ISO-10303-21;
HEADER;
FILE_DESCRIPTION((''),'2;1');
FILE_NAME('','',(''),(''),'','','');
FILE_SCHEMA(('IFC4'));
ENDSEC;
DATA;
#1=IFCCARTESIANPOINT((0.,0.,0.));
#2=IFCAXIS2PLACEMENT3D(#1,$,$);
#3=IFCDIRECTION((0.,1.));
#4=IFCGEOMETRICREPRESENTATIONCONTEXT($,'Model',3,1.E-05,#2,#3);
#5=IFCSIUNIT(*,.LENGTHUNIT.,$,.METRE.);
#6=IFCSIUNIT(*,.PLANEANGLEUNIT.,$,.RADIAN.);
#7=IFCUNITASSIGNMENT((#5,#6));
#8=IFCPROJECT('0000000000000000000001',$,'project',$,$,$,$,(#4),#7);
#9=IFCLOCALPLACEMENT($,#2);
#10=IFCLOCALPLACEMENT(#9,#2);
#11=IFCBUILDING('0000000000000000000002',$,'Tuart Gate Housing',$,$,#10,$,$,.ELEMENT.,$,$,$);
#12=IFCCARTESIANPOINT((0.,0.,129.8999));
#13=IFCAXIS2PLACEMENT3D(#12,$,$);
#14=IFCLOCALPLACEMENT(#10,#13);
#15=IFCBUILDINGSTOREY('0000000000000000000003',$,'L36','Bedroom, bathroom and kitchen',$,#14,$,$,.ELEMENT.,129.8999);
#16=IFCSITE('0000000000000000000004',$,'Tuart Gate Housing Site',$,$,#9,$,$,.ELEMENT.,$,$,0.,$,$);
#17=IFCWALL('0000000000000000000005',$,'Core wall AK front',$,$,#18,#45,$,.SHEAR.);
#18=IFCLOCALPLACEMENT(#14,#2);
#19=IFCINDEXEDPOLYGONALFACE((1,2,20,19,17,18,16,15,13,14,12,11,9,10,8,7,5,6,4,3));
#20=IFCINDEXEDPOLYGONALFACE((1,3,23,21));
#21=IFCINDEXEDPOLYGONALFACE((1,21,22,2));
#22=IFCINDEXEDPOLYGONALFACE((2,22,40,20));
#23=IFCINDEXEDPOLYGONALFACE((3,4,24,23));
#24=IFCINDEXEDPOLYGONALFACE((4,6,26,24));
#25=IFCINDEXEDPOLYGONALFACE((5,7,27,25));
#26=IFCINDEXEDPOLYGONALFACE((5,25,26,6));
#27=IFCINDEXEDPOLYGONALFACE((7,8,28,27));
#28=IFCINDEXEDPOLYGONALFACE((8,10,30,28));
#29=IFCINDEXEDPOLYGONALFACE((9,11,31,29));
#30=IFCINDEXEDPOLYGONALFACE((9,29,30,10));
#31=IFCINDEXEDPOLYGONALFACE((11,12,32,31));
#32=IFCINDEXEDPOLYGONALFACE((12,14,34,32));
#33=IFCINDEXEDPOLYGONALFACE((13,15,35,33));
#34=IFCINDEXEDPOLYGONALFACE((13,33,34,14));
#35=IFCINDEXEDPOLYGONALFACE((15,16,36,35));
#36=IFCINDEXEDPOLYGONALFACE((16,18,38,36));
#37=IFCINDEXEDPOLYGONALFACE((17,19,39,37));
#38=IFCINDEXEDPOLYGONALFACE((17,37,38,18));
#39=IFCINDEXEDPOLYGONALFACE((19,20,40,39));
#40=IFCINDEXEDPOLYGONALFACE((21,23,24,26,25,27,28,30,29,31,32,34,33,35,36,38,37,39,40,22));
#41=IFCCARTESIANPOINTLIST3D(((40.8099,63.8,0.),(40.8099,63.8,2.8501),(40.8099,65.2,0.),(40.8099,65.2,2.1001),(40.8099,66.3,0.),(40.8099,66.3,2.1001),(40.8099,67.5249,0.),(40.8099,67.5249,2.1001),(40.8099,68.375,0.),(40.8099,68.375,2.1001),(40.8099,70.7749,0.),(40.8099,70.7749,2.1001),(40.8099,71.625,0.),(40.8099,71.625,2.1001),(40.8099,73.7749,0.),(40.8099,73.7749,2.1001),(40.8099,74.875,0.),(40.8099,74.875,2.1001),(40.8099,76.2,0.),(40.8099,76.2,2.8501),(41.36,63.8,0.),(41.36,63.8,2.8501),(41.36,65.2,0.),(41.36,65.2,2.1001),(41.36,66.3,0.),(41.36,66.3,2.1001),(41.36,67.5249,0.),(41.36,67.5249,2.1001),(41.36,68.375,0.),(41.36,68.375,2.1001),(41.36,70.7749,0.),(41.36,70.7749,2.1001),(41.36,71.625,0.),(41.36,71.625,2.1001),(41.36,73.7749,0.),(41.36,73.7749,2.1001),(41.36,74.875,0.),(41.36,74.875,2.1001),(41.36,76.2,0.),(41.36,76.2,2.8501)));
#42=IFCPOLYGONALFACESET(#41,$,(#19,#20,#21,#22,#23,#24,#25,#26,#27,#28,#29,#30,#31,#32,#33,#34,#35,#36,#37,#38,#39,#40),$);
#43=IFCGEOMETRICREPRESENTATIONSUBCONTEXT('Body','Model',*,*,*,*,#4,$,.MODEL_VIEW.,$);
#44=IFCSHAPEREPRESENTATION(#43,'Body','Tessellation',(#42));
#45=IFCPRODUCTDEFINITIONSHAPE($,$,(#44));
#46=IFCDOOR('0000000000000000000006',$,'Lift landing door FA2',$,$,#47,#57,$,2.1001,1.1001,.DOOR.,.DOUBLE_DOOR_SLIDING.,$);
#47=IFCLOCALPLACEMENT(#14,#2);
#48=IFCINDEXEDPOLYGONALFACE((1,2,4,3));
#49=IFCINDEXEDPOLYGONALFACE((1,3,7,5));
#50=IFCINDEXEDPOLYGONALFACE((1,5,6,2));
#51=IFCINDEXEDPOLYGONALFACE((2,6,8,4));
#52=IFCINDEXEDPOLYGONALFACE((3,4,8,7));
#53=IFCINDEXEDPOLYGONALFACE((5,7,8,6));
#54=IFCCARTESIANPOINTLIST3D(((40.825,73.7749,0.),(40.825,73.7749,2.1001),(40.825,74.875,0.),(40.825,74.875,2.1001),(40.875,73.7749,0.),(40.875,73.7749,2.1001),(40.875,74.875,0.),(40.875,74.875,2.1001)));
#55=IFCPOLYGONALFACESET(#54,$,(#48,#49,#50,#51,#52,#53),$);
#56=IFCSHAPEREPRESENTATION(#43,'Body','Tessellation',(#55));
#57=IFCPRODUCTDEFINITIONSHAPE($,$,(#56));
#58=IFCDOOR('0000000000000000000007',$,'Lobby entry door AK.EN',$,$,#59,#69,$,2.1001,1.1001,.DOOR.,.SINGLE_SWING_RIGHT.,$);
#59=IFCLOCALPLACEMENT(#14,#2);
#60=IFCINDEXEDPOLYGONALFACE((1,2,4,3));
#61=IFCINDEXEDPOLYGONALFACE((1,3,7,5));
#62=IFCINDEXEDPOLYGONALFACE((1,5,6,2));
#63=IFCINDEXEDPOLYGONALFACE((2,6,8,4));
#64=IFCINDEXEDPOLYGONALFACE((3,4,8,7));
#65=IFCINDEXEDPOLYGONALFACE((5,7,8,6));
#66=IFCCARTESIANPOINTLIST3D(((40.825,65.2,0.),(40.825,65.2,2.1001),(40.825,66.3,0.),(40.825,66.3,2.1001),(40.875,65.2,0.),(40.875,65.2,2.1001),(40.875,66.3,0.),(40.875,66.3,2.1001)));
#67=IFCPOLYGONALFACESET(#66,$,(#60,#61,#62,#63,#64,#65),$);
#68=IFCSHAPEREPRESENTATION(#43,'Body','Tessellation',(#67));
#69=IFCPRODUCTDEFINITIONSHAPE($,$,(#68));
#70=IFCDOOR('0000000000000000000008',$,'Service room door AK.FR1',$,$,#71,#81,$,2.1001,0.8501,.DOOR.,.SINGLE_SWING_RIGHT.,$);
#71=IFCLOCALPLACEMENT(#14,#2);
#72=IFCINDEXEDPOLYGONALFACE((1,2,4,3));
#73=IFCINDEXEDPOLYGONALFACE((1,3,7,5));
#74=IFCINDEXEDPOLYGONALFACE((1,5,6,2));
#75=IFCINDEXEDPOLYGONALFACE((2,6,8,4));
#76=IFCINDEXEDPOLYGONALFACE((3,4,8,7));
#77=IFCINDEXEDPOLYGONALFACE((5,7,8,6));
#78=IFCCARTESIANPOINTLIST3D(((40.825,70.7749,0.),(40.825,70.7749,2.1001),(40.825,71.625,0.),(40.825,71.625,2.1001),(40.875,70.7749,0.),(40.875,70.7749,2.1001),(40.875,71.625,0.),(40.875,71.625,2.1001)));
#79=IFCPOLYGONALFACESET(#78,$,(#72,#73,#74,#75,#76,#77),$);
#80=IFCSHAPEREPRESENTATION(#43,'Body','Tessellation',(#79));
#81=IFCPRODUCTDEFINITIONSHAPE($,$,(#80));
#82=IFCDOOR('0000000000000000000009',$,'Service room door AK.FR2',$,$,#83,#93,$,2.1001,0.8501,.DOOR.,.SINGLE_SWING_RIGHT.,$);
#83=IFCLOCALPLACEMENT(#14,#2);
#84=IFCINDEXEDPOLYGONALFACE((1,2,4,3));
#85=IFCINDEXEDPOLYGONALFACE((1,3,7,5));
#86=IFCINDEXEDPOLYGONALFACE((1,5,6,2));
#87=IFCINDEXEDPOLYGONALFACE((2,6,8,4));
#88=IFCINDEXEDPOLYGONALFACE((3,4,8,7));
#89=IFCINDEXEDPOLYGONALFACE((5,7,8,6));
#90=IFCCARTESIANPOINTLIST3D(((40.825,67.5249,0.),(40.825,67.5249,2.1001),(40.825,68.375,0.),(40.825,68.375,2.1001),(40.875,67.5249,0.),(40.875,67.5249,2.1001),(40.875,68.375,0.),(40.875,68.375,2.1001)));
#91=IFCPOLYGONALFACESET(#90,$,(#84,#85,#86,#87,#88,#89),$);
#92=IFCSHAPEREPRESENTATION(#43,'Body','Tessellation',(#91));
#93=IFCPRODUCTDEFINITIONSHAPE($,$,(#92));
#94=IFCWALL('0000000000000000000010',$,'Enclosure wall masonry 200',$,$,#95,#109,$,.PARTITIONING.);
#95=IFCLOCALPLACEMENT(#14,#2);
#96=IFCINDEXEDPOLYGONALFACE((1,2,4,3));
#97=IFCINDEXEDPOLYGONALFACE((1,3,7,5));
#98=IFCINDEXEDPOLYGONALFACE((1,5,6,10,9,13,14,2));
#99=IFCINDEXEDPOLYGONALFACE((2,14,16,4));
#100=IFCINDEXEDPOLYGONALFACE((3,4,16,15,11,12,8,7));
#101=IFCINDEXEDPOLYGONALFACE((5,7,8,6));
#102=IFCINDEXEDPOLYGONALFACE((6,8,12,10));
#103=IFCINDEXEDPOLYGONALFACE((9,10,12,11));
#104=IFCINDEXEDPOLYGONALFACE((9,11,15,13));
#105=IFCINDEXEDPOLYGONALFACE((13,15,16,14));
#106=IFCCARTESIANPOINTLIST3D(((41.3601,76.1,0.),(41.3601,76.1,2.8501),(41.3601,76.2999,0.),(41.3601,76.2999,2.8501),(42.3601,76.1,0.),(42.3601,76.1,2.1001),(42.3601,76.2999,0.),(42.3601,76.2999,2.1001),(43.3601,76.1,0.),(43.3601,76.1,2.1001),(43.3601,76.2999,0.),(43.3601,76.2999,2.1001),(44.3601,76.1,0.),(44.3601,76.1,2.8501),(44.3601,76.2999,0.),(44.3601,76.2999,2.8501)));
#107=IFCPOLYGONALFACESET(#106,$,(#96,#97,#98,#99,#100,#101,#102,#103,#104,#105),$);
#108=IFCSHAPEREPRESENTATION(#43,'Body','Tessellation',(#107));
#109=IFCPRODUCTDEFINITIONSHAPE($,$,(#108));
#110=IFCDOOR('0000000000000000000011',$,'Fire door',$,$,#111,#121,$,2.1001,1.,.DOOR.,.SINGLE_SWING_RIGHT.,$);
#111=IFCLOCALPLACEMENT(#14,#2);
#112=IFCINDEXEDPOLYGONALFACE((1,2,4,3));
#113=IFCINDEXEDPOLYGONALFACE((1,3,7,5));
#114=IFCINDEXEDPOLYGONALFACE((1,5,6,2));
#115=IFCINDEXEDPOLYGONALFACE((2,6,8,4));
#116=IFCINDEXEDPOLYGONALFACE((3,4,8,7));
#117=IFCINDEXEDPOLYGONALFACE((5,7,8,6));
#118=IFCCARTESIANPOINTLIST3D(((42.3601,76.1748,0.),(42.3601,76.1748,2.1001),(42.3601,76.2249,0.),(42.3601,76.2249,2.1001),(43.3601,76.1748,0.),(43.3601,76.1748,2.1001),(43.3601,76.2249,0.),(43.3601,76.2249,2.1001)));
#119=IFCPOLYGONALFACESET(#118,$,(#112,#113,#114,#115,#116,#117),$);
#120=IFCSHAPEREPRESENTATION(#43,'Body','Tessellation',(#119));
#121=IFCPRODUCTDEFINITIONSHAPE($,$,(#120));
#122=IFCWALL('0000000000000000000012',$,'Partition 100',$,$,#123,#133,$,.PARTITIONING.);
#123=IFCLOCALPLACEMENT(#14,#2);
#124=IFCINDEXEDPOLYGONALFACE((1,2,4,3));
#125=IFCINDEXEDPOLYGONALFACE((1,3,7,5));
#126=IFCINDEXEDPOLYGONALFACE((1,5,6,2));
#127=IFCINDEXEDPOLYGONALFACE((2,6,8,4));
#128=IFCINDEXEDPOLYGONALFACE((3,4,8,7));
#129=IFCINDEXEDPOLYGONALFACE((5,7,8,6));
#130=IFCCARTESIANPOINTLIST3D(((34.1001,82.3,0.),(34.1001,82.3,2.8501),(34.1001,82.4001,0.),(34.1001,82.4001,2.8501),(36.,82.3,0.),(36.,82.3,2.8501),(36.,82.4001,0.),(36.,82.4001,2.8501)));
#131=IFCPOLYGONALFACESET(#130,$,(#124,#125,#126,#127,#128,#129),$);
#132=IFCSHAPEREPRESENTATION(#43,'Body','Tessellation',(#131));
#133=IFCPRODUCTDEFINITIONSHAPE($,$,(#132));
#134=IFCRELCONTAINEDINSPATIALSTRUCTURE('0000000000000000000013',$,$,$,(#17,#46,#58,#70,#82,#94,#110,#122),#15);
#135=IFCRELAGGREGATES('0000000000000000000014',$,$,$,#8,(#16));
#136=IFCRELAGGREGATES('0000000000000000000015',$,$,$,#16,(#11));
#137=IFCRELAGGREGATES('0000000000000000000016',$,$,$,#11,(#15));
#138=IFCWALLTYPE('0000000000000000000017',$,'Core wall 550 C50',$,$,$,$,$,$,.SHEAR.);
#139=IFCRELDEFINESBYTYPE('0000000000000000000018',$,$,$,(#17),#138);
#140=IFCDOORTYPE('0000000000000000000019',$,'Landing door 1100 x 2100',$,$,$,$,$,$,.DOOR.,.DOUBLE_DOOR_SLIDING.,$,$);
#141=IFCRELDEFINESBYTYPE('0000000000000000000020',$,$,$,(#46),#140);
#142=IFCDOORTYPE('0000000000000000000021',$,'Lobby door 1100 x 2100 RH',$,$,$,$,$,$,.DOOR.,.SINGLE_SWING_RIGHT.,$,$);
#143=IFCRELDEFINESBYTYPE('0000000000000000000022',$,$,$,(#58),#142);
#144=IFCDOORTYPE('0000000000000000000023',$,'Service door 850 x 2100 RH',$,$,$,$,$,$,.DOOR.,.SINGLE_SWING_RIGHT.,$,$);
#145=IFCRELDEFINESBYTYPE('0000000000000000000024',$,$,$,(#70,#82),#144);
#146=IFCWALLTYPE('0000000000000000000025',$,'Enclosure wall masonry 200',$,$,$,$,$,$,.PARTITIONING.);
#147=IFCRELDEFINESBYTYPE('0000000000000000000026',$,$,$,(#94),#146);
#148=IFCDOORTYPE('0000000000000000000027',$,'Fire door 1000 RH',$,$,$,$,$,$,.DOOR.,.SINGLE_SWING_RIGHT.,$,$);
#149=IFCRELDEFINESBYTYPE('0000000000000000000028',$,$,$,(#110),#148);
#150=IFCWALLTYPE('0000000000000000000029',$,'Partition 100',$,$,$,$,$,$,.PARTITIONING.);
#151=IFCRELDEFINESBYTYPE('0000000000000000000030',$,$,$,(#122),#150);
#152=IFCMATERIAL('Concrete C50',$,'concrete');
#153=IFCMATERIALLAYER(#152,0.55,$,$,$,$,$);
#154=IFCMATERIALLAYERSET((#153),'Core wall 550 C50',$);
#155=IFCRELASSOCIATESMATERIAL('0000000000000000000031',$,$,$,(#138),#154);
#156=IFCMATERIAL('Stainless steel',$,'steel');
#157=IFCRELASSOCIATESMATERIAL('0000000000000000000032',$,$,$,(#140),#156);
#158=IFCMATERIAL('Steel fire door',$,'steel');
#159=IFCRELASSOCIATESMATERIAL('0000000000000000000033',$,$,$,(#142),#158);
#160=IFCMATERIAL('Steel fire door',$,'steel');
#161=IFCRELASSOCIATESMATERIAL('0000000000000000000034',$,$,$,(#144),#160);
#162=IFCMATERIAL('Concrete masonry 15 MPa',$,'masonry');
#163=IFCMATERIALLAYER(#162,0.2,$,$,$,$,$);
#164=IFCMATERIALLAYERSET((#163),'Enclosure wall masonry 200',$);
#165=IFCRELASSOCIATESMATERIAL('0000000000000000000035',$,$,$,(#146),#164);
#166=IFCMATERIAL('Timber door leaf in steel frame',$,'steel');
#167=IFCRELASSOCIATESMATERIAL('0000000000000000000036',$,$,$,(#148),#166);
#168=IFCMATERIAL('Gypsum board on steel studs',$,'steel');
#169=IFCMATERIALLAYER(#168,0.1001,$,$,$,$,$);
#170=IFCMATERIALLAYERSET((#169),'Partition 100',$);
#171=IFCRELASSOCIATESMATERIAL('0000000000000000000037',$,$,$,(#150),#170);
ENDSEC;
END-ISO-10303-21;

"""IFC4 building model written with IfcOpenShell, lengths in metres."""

from ifc_helpers import new_model, si_unit, direction, frame, frame_2d, origin, place, context, subcontext, project, spatial, rectangle, extrude, material, layer, layer_set, type_object, element, fill, save


model = new_model("IFC4")

# Units and contexts
model_context = context("Model", 3, precision=1e-05, world=origin(), true_north=direction((0.0, 1.0)))
body_context = subcontext(model_context, "Body", "Model", "MODEL_VIEW")
ifc_project = project(units=[si_unit("LENGTHUNIT", "METRE"), si_unit("PLANEANGLEUNIT", "RADIAN")], contexts=[model_context])

# Site, building, storey
site_placement = place(None, origin())
site = spatial("IfcSite", under=ifc_project, at=site_placement, Name="Tuart Gate Housing Site", CompositionType="ELEMENT", RefElevation=0.0)
building_placement = place(site_placement, origin())
building = spatial("IfcBuilding", under=site, at=building_placement, Name="Tuart Gate Housing", CompositionType="ELEMENT")
storey_placement = place(building_placement, frame((0.0, 0.0, 129.8999)))
storey = spatial("IfcBuildingStorey", under=building, at=storey_placement, Name="L36", Description="Bedroom, bathroom and kitchen", CompositionType="ELEMENT", Elevation=129.8999)

# Wall, openings, doors
ifc_material_1 = material(Name="Concrete C50", Category="concrete")
ifc_layer_1 = layer(ifc_material_1, 0.55)
ifc_layer_set_1 = layer_set([ifc_layer_1], Name="Core wall 550 C50")
wall_type_1 = type_object("IfcWallType", Name="Core wall 550 C50", PredefinedType="SHEAR", material=ifc_layer_set_1)
wall_1_placement = place(storey_placement, frame((41.085, 76.2, 0.0), z_axis=(0.0, 0.0, 1.0), x_axis=(0.0, -1.0, 0.0)))
wall_1 = element("IfcWall", 1, at=wall_1_placement, inside=storey, type_object=wall_type_1, Name="Core wall AK front", PredefinedType="SHEAR", context=body_context, shape_type="SweptSolid", body=[
    extrude(rectangle(XDim=12.3999, YDim=0.55, at=frame_2d((6.2, 0.0))), origin(), (0.0, 0.0, 1.0), 2.8501),
])
opening_1_placement = place(wall_1_placement, frame((1.325, 0.0, 0.0)))
opening_1 = element("IfcOpeningElement", 2, at=opening_1_placement, cuts=wall_1, PredefinedType="OPENING", context=body_context, shape_type="SweptSolid", body=[
    extrude(rectangle(XDim=1.1001, YDim=2.1001, at=frame_2d((0.55, 1.05))), frame((0.0, 0.2849, 0.0), z_axis=(0.0, -1.0, 0.0), x_axis=(1.0, 0.0, 0.0)), (0.0, 0.0, 1.0), 0.5701),
])
opening_2_placement = place(wall_1_placement, frame((4.575, 0.0, 0.0)))
opening_2 = element("IfcOpeningElement", 3, at=opening_2_placement, cuts=wall_1, PredefinedType="OPENING", context=body_context, shape_type="SweptSolid", body=[
    extrude(rectangle(XDim=0.8501, YDim=2.1001, at=frame_2d((0.425, 1.05))), frame((0.0, 0.2849, 0.0), z_axis=(0.0, -1.0, 0.0), x_axis=(1.0, 0.0, 0.0)), (0.0, 0.0, 1.0), 0.5701),
])
opening_3_placement = place(wall_1_placement, frame((7.825, 0.0, 0.0)))
opening_3 = element("IfcOpeningElement", 4, at=opening_3_placement, cuts=wall_1, PredefinedType="OPENING", context=body_context, shape_type="SweptSolid", body=[
    extrude(rectangle(XDim=0.8501, YDim=2.1001, at=frame_2d((0.425, 1.05))), frame((0.0, 0.2849, 0.0), z_axis=(0.0, -1.0, 0.0), x_axis=(1.0, 0.0, 0.0)), (0.0, 0.0, 1.0), 0.5701),
])
opening_4_placement = place(wall_1_placement, frame((9.8999, 0.0, 0.0)))
opening_4 = element("IfcOpeningElement", 5, at=opening_4_placement, cuts=wall_1, PredefinedType="OPENING", context=body_context, shape_type="SweptSolid", body=[
    extrude(rectangle(XDim=1.1001, YDim=2.1001, at=frame_2d((0.55, 1.05))), frame((0.0, 0.2849, 0.0), z_axis=(0.0, -1.0, 0.0), x_axis=(1.0, 0.0, 0.0)), (0.0, 0.0, 1.0), 0.5701),
])
ifc_material_2 = material(Name="Stainless steel", Category="steel")
door_type_1 = type_object("IfcDoorType", Name="Landing door 1100 x 2100", OperationType="DOUBLE_DOOR_SLIDING", PredefinedType="DOOR", material=ifc_material_2)
door_1_placement = place(opening_1_placement, origin())
door_1 = element("IfcDoor", 6, at=door_1_placement, inside=storey, type_object=door_type_1, Name="Lift landing door FA2", OperationType="DOUBLE_DOOR_SLIDING", OverallHeight=2.1001, OverallWidth=1.1001, PredefinedType="DOOR", context=body_context, shape_type="SweptSolid", body=[
    extrude(rectangle(XDim=1.1001, YDim=2.1001, at=frame_2d((0.55, 1.05))), frame((0.0, -0.21, 0.0), z_axis=(0.0, -1.0, 0.0), x_axis=(1.0, 0.0, 0.0)), (0.0, 0.0, 1.0), 0.05),
])
fill(opening_1, door_1)
ifc_material_3 = material(Name="Steel fire door", Category="steel")
door_type_2 = type_object("IfcDoorType", Name="Lobby door 1100 x 2100 RH", OperationType="SINGLE_SWING_RIGHT", PredefinedType="DOOR", material=ifc_material_3)
door_2_placement = place(opening_4_placement, frame((1.1001, 0.0, 0.0), z_axis=(0.0, 0.0, 1.0), x_axis=(-1.0, 0.0, 0.0)))
door_2 = element("IfcDoor", 7, at=door_2_placement, inside=storey, type_object=door_type_2, Name="Lobby entry door AK.EN", OperationType="SINGLE_SWING_RIGHT", OverallHeight=2.1001, OverallWidth=1.1001, PredefinedType="DOOR", context=body_context, shape_type="SweptSolid", body=[
    extrude(rectangle(XDim=1.1001, YDim=2.1001, at=frame_2d((0.55, 1.05))), frame((0.0, 0.26, 0.0), z_axis=(0.0, -1.0, 0.0), x_axis=(1.0, 0.0, 0.0)), (0.0, 0.0, 1.0), 0.05),
])
fill(opening_4, door_2)
ifc_material_4 = material(Name="Steel fire door", Category="steel")
door_type_3 = type_object("IfcDoorType", Name="Service door 850 x 2100 RH", OperationType="SINGLE_SWING_RIGHT", PredefinedType="DOOR", material=ifc_material_4)
door_3_placement = place(opening_2_placement, frame((0.8501, 0.0, 0.0), z_axis=(0.0, 0.0, 1.0), x_axis=(-1.0, 0.0, 0.0)))
door_3 = element("IfcDoor", 8, at=door_3_placement, inside=storey, type_object=door_type_3, Name="Service room door AK.FR1", OperationType="SINGLE_SWING_RIGHT", OverallHeight=2.1001, OverallWidth=0.8501, PredefinedType="DOOR", context=body_context, shape_type="SweptSolid", body=[
    extrude(rectangle(XDim=0.8501, YDim=2.1001, at=frame_2d((0.425, 1.05))), frame((0.0, 0.26, 0.0), z_axis=(0.0, -1.0, 0.0), x_axis=(1.0, 0.0, 0.0)), (0.0, 0.0, 1.0), 0.05),
])
fill(opening_2, door_3)
door_4_placement = place(opening_3_placement, frame((0.8501, 0.0, 0.0), z_axis=(0.0, 0.0, 1.0), x_axis=(-1.0, 0.0, 0.0)))
door_4 = element("IfcDoor", 9, at=door_4_placement, inside=storey, type_object=door_type_3, Name="Service room door AK.FR2", OperationType="SINGLE_SWING_RIGHT", OverallHeight=2.1001, OverallWidth=0.8501, PredefinedType="DOOR", context=body_context, shape_type="SweptSolid", body=[
    extrude(rectangle(XDim=0.8501, YDim=2.1001, at=frame_2d((0.425, 1.05))), frame((0.0, 0.26, 0.0), z_axis=(0.0, -1.0, 0.0), x_axis=(1.0, 0.0, 0.0)), (0.0, 0.0, 1.0), 0.05),
])
fill(opening_3, door_4)

# Wall, opening, door
ifc_material_5 = material(Name="Concrete masonry 15 MPa", Category="masonry")
ifc_layer_2 = layer(ifc_material_5, 0.2)
ifc_layer_set_2 = layer_set([ifc_layer_2], Name="Enclosure wall masonry 200")
wall_type_2 = type_object("IfcWallType", Name="Enclosure wall masonry 200", PredefinedType="PARTITIONING", material=ifc_layer_set_2)
wall_2_placement = place(storey_placement, frame((41.3601, 76.2, 0.0), z_axis=(0.0, 0.0, 1.0), x_axis=(1.0, 0.0, 0.0)))
wall_2 = element("IfcWall", 10, at=wall_2_placement, inside=storey, type_object=wall_type_2, Name="Enclosure wall masonry 200", PredefinedType="PARTITIONING", context=body_context, shape_type="SweptSolid", body=[
    extrude(rectangle(XDim=3.0, YDim=0.2, at=frame_2d((1.5, 0.0))), origin(), (0.0, 0.0, 1.0), 2.8501),
])
opening_5_placement = place(wall_2_placement, frame((1.0, 0.0, 0.0)))
opening_5 = element("IfcOpeningElement", 11, at=opening_5_placement, cuts=wall_2, PredefinedType="OPENING", context=body_context, shape_type="SweptSolid", body=[
    extrude(rectangle(XDim=1.0, YDim=2.1001, at=frame_2d((0.5, 1.05))), frame((0.0, 0.1099, 0.0), z_axis=(0.0, -1.0, 0.0), x_axis=(1.0, 0.0, 0.0)), (0.0, 0.0, 1.0), 0.22),
])
ifc_material_6 = material(Name="Timber door leaf in steel frame", Category="steel")
door_type_4 = type_object("IfcDoorType", Name="Fire door 1000 RH", OperationType="SINGLE_SWING_RIGHT", PredefinedType="DOOR", material=ifc_material_6)
door_5_placement = place(opening_5_placement, origin())
door_5 = element("IfcDoor", 12, at=door_5_placement, inside=storey, type_object=door_type_4, Name="Fire door", OperationType="SINGLE_SWING_RIGHT", OverallHeight=2.1001, OverallWidth=1.0, PredefinedType="DOOR", context=body_context, shape_type="SweptSolid", body=[
    extrude(rectangle(XDim=1.0, YDim=2.1001, at=frame_2d((0.5, 1.05))), frame((0.0, 0.0249, 0.0), z_axis=(0.0, -1.0, 0.0), x_axis=(1.0, 0.0, 0.0)), (0.0, 0.0, 1.0), 0.05),
])
fill(opening_5, door_5)

# Wall
ifc_material_7 = material(Name="Gypsum board on steel studs", Category="steel")
ifc_layer_3 = layer(ifc_material_7, 0.1001)
ifc_layer_set_3 = layer_set([ifc_layer_3], Name="Partition 100")
wall_type_3 = type_object("IfcWallType", Name="Partition 100", PredefinedType="PARTITIONING", material=ifc_layer_set_3)
wall_3_placement = place(storey_placement, frame((34.1001, 82.3501, 0.0), z_axis=(0.0, 0.0, 1.0), x_axis=(1.0, 0.0, 0.0)))
element("IfcWall", 13, at=wall_3_placement, inside=storey, type_object=wall_type_3, Name="Partition 100", PredefinedType="PARTITIONING", context=body_context, shape_type="SweptSolid", body=[
    extrude(rectangle(XDim=1.8999, YDim=0.1001, at=frame_2d((0.95, 0.0))), origin(), (0.0, 0.0, 1.0), 2.8501),
])

save(model, "model.ifc")
